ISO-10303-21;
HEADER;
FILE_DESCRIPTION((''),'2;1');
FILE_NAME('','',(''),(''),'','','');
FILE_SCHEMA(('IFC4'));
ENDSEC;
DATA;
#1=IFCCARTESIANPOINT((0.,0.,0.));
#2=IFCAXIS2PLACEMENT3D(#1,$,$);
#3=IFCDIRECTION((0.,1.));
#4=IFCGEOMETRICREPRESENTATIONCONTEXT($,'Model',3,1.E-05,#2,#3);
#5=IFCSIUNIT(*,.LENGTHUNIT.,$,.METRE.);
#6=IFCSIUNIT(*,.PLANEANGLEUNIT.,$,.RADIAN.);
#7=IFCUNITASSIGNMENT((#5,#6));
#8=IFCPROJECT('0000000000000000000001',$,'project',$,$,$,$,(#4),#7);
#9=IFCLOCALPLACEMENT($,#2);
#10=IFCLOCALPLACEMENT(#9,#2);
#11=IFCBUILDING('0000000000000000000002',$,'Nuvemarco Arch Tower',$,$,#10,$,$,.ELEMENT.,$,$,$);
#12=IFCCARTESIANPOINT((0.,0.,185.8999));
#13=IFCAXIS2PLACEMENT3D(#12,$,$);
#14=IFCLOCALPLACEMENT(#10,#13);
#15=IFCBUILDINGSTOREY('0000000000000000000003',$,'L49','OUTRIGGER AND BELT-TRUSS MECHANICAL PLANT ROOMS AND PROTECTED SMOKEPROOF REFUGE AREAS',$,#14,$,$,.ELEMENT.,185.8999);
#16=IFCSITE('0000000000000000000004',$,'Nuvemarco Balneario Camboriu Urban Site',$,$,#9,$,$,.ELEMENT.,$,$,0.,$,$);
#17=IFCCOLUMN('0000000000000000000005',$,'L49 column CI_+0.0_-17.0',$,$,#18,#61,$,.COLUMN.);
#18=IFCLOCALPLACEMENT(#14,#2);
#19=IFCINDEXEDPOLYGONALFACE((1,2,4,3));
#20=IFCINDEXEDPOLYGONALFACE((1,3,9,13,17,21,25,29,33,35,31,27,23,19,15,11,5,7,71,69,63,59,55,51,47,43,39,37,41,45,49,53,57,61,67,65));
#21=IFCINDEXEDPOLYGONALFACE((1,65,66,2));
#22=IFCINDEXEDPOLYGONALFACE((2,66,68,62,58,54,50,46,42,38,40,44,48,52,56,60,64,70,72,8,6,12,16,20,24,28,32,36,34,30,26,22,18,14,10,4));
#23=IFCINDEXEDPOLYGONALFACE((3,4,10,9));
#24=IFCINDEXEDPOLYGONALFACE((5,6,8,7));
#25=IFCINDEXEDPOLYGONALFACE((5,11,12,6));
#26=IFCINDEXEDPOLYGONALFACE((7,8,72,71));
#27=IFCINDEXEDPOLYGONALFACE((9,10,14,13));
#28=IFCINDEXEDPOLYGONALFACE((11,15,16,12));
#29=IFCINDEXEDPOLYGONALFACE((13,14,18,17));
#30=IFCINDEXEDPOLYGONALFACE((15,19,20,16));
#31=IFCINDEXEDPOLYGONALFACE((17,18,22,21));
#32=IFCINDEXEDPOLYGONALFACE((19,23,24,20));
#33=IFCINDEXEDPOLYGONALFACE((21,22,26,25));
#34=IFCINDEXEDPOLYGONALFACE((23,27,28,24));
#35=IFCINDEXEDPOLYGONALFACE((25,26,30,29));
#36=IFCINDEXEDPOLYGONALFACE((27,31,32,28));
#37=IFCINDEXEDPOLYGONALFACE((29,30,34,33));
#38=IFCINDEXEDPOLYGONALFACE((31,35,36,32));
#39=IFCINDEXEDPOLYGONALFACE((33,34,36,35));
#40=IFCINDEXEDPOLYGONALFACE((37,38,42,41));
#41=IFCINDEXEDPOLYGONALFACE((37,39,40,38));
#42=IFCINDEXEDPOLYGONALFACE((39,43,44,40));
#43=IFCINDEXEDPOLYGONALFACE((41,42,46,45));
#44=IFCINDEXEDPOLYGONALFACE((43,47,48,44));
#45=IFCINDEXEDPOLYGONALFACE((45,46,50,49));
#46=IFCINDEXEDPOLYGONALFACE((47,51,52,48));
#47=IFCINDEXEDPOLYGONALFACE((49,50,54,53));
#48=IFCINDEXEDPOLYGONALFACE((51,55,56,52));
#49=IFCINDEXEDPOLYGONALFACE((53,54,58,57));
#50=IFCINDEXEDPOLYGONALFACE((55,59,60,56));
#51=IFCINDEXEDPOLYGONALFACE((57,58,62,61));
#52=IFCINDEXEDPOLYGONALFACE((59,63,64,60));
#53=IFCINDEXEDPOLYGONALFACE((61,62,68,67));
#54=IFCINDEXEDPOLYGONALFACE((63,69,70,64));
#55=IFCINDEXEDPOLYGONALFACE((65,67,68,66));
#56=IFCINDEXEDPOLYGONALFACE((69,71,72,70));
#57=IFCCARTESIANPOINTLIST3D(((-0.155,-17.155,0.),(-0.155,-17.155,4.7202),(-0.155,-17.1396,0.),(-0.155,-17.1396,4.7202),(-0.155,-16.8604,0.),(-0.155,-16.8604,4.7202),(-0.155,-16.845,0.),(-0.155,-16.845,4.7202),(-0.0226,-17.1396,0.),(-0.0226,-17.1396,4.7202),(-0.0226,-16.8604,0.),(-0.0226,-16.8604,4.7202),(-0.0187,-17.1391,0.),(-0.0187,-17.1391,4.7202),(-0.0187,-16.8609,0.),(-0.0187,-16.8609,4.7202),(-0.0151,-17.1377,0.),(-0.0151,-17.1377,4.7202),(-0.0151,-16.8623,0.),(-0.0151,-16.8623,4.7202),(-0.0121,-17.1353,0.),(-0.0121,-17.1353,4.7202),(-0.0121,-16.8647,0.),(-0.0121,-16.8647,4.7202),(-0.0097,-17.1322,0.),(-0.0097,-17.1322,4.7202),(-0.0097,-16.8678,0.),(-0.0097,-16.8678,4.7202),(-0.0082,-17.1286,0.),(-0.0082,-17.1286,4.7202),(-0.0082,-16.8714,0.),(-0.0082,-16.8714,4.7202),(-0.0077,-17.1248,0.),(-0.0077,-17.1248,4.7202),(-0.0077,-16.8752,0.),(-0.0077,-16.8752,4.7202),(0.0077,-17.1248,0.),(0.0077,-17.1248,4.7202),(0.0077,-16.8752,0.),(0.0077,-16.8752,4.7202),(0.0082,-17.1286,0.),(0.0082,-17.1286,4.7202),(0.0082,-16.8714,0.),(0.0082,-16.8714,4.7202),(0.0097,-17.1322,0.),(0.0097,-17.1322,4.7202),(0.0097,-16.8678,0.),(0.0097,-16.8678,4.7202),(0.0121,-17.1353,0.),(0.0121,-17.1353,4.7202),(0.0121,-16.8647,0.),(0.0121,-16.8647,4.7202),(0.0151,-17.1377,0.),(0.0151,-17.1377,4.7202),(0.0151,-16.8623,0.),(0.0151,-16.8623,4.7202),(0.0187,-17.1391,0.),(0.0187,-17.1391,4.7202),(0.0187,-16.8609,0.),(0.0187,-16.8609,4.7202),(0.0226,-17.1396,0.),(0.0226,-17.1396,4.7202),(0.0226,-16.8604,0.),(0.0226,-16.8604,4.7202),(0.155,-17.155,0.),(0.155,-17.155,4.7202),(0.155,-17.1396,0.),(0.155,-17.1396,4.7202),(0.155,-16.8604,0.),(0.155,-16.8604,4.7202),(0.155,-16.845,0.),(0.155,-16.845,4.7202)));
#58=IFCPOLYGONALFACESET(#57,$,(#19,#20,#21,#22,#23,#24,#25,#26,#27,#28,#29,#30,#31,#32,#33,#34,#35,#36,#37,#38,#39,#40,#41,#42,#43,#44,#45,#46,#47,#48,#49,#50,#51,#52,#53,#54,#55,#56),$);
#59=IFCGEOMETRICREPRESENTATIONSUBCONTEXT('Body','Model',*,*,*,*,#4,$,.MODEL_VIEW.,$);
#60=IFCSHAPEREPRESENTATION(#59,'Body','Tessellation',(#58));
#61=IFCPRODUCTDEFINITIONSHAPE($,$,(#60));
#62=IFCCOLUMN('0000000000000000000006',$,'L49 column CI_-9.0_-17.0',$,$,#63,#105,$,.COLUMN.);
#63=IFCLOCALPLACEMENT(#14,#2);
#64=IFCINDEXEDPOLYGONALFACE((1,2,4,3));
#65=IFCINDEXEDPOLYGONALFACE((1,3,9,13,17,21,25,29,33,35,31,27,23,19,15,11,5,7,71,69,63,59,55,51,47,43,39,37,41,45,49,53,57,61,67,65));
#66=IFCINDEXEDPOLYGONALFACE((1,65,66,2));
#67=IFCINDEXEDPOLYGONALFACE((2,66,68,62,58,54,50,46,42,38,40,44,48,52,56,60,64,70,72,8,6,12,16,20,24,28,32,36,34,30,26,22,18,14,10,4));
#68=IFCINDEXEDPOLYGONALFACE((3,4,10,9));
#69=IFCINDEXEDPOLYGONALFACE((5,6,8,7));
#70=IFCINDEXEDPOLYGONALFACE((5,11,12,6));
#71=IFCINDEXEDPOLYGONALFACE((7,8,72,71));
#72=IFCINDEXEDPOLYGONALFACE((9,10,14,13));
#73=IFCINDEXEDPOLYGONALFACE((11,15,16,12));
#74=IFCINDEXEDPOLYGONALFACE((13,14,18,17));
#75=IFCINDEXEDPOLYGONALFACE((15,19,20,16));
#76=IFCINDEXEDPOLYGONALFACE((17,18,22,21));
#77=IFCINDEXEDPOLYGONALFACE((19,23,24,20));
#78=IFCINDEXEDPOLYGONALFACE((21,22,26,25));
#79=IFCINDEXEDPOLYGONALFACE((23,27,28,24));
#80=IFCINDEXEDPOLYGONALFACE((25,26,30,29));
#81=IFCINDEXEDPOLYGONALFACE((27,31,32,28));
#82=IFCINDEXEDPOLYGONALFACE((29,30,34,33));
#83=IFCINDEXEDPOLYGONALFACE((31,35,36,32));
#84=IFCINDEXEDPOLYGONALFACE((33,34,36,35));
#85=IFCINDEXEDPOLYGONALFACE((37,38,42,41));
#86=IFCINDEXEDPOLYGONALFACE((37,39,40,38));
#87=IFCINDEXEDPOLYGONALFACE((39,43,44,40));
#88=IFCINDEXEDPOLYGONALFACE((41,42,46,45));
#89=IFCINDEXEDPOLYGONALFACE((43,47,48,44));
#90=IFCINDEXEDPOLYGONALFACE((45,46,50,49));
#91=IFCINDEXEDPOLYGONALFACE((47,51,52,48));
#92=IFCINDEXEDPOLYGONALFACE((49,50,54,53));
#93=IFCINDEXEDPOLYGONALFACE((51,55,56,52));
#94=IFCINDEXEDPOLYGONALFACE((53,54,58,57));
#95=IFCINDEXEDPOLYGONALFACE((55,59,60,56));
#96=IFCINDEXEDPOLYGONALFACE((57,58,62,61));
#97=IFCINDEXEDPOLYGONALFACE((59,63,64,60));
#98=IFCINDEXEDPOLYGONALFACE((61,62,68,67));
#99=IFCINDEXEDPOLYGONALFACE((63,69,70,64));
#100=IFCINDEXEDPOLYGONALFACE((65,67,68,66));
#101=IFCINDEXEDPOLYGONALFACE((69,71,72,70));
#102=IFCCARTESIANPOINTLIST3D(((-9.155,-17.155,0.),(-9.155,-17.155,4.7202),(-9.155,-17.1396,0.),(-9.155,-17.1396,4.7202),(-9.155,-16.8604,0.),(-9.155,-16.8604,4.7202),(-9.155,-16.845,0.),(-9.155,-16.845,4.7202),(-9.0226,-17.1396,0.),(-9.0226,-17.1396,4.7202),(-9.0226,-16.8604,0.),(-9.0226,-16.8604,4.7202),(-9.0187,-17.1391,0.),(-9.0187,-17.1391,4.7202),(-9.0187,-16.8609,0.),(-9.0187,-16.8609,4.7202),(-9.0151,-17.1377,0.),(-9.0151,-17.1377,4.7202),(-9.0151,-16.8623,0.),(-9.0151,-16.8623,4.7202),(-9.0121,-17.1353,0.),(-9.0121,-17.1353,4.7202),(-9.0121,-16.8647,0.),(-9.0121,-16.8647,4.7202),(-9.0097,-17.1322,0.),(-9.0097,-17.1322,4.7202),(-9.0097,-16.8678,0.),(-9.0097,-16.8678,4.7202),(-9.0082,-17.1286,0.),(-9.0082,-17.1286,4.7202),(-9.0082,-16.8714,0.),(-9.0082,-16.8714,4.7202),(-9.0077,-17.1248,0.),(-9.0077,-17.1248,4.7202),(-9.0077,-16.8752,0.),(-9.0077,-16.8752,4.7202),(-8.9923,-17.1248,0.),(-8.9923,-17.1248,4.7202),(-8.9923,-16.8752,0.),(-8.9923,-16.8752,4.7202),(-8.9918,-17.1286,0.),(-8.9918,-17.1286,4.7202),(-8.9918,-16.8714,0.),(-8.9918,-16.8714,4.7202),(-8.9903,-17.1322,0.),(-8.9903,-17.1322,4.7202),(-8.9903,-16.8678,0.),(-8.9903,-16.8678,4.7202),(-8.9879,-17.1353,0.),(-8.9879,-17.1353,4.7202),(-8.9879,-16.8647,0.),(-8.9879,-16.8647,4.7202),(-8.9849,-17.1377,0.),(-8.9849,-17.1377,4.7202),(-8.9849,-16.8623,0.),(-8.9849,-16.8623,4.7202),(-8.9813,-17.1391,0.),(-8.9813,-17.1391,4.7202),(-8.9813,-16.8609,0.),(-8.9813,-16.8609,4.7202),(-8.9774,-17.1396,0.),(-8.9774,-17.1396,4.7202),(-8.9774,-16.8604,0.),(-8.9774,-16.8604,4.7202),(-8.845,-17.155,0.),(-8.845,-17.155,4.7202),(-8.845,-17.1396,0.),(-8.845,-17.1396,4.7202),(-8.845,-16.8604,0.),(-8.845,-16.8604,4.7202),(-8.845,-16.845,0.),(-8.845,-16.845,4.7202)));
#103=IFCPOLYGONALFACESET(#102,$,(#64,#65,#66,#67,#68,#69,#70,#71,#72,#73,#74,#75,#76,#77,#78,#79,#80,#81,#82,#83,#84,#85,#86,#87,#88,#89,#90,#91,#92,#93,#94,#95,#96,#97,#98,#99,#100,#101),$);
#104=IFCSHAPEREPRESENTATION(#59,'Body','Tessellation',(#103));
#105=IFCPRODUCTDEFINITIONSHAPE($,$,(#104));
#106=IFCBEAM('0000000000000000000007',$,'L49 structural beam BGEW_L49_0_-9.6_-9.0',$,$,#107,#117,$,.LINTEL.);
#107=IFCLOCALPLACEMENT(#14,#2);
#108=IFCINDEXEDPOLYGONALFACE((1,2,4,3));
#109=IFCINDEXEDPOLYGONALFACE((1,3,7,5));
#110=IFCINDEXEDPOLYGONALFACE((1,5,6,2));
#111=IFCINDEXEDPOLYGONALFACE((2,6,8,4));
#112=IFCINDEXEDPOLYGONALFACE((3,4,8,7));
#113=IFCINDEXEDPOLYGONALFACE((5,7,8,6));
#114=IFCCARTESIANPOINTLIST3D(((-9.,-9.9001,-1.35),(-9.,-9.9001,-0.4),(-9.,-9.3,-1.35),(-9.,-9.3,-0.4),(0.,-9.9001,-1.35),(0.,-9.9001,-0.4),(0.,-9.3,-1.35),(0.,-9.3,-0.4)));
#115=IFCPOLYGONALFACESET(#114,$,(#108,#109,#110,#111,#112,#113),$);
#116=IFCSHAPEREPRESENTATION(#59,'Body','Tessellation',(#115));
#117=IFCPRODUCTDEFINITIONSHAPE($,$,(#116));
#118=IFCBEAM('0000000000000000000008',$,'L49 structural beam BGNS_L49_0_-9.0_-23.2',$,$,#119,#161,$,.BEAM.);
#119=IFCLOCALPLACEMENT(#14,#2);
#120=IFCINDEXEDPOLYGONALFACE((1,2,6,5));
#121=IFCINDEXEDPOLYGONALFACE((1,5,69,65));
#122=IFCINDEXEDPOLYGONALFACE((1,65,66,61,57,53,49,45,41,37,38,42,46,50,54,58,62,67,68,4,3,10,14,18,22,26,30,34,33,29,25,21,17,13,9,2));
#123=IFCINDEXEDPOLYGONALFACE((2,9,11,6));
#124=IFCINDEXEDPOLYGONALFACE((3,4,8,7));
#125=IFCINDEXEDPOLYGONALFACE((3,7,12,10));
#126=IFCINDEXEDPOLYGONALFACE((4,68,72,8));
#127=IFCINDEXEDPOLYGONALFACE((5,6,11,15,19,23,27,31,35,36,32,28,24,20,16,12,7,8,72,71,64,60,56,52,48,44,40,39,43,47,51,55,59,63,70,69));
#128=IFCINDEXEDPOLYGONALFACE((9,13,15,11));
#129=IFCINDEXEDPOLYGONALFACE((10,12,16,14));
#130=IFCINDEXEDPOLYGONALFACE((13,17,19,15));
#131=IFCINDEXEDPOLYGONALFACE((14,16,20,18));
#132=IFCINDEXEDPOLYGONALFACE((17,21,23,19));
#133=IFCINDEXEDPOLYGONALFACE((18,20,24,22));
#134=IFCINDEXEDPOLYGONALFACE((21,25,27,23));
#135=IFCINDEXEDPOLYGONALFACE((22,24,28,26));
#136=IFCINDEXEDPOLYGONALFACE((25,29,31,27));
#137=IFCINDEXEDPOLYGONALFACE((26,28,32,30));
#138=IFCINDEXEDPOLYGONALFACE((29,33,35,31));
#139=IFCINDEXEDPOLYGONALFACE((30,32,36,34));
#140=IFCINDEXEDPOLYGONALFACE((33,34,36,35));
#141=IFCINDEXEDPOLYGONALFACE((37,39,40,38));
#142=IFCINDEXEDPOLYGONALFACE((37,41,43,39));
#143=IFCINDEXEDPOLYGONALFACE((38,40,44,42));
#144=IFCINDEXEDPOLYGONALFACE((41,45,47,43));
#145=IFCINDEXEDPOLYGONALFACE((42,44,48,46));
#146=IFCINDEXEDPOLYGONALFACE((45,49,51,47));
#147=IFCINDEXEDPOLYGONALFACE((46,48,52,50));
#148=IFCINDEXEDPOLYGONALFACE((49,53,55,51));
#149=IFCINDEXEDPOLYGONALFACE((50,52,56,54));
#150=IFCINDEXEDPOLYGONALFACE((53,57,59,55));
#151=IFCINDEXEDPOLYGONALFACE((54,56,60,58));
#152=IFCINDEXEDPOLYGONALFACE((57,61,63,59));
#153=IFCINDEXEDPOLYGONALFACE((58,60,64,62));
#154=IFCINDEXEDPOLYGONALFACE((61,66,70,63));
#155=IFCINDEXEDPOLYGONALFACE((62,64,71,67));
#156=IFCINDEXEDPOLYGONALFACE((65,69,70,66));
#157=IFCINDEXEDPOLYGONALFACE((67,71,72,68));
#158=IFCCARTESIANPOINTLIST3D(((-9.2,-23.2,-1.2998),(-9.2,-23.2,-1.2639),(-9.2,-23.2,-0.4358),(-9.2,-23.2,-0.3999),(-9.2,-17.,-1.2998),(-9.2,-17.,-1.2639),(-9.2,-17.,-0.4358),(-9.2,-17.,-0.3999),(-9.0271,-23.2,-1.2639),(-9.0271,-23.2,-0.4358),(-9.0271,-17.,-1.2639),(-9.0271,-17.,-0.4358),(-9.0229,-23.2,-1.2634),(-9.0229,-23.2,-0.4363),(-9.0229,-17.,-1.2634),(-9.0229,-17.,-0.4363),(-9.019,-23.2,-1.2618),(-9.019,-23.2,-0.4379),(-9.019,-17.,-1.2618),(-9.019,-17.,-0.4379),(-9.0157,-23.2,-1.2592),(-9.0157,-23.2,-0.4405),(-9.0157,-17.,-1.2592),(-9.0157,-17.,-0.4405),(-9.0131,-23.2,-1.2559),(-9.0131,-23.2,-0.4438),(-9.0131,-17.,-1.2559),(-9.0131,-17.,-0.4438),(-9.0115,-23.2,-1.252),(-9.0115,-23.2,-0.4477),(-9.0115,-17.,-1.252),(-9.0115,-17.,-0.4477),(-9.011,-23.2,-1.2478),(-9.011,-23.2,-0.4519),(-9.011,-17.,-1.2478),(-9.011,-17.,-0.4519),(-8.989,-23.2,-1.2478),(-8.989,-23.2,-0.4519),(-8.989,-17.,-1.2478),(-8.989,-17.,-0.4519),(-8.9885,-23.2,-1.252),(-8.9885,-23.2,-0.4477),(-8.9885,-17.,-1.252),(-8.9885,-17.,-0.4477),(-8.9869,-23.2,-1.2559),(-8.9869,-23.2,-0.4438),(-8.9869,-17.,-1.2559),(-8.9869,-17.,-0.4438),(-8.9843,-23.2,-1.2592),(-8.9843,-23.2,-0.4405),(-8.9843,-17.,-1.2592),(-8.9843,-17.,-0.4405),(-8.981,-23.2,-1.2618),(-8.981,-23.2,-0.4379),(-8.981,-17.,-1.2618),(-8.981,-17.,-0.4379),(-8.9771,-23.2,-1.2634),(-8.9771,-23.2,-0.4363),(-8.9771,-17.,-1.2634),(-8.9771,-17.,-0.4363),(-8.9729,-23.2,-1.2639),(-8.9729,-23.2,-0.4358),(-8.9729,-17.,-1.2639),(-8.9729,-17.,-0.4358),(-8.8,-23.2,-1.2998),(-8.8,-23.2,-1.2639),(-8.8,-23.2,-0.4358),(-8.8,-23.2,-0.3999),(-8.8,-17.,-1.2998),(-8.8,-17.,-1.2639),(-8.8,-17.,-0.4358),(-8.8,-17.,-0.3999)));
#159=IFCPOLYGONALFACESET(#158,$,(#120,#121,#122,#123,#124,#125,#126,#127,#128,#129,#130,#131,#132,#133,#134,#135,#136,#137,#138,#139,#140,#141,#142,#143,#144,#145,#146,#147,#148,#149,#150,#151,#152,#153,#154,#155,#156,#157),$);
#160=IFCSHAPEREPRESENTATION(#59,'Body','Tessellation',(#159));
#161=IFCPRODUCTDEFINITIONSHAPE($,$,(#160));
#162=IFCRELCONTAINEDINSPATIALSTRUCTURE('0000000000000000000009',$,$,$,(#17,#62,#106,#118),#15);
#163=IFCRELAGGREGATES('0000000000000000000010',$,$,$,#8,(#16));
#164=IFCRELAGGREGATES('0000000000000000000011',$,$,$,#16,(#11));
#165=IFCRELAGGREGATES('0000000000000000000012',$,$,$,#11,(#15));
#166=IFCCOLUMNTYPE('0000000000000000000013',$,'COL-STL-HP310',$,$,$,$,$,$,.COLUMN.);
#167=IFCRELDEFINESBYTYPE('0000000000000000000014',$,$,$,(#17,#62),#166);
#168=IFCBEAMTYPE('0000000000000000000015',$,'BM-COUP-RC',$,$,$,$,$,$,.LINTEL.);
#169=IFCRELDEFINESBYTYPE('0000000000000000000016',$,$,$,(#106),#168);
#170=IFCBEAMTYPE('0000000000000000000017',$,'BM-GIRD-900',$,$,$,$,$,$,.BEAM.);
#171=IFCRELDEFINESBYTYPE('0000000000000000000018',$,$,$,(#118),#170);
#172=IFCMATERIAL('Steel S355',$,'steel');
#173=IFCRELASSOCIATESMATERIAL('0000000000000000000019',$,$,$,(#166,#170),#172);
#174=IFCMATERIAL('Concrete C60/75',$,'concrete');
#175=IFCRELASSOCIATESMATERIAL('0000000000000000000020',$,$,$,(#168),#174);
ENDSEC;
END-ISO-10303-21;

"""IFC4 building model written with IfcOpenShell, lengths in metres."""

from ifc_helpers import new_model, si_unit, direction, frame, origin, origin_2d, place, context, subcontext, project, spatial, rectangle, i_section, extrude, material, material_profile, profile_set, type_object, element, save


model = new_model("IFC4")

# Units and contexts
model_context = context("Model", 3, precision=1e-05, world=origin(), true_north=direction((0.0, 1.0)))
body_context = subcontext(model_context, "Body", "Model", "MODEL_VIEW")
ifc_project = project(units=[si_unit("LENGTHUNIT", "METRE"), si_unit("PLANEANGLEUNIT", "RADIAN")], contexts=[model_context])

# Site, building, storey
site_placement = place(None, origin())
site = spatial("IfcSite", under=ifc_project, at=site_placement, Name="Nuvemarco Balneario Camboriu Urban Site", CompositionType="ELEMENT", RefElevation=0.0)
building_placement = place(site_placement, origin())
building = spatial("IfcBuilding", under=site, at=building_placement, Name="Nuvemarco Arch Tower", CompositionType="ELEMENT")
storey_placement = place(building_placement, frame((0.0, 0.0, 185.8999)))
storey = spatial("IfcBuildingStorey", under=building, at=storey_placement, Name="L49", Description="OUTRIGGER AND BELT-TRUSS MECHANICAL PLANT ROOMS AND PROTECTED SMOKEPROOF REFUGE AREAS", CompositionType="ELEMENT", Elevation=185.8999)

# Columns
ifc_material_1 = material(Name="Steel S355", Category="steel")
ifc_material_profile_1 = material_profile(ifc_material_1, i_section(OverallWidth=0.3101, OverallDepth=0.3101, WebThickness=0.0154, FlangeThickness=0.0154, FilletRadius=0.0149, at=origin_2d()), Name="HP310x110")
ifc_profile_set_1 = profile_set([ifc_material_profile_1], Name="Steel S355")
column_type_1 = type_object("IfcColumnType", Name="COL-STL-HP310", PredefinedType="COLUMN", material=ifc_profile_set_1)
for number, where, z_axis, x_axis, name in (
    (1, (0.0, -17.0, 0.0), (0.0, 0.0, 1.0), (1.0, 0.0, 0.0), "L49 column CI_+0.0_-17.0"),
    (2, (-9.0, -17.0, 0.0), (0.0, 0.0, 1.0), (1.0, 0.0, 0.0), "L49 column CI_-9.0_-17.0"),
):
    element("IfcColumn", number, at=place(storey_placement, frame(where, z_axis=z_axis, x_axis=x_axis)), inside=storey, type_object=column_type_1, Name=name, PredefinedType="COLUMN", context=body_context, shape_type="SweptSolid", body=[
        extrude(i_section(OverallWidth=0.3101, OverallDepth=0.3101, WebThickness=0.0154, FlangeThickness=0.0154, FilletRadius=0.0149, at=origin_2d()), origin(), (0.0, 0.0, 1.0), 4.7202),
    ])

# Beams
ifc_material_2 = material(Name="Concrete C60/75", Category="concrete")
ifc_material_profile_2 = material_profile(ifc_material_2, rectangle(XDim=0.6001, YDim=0.95, at=origin_2d()), Name="RC-BM-600x950")
ifc_profile_set_2 = profile_set([ifc_material_profile_2], Name="Concrete C60/75")
beam_type_1 = type_object("IfcBeamType", Name="BM-COUP-RC", PredefinedType="LINTEL", material=ifc_profile_set_2)
beam_1_placement = place(storey_placement, frame((-9.0, -9.6001, -0.875), z_axis=(1.0, 0.0, 0.0), x_axis=(0.0, 1.0, 0.0)))
element("IfcBeam", 3, at=beam_1_placement, inside=storey, type_object=beam_type_1, Name="L49 structural beam BGEW_L49_0_-9.6_-9.0", PredefinedType="LINTEL", context=body_context, shape_type="SweptSolid", body=[
    extrude(rectangle(XDim=0.6001, YDim=0.95, at=origin_2d()), origin(), (0.0, 0.0, 1.0), 9.0),
])
ifc_material_profile_3 = material_profile(ifc_material_1, i_section(OverallWidth=0.3999, OverallDepth=0.8999, WebThickness=0.022, FlangeThickness=0.0359, FilletRadius=0.0161, at=origin_2d()), Name="PG900x400")
ifc_profile_set_3 = profile_set([ifc_material_profile_3], Name="Steel S355")
beam_type_2 = type_object("IfcBeamType", Name="BM-GIRD-900", PredefinedType="BEAM", material=ifc_profile_set_3)
beam_2_placement = place(storey_placement, frame((-9.0, -23.2, -0.8499), z_axis=(0.0, 1.0, 0.0), x_axis=(-1.0, 0.0, 0.0)))
element("IfcBeam", 4, at=beam_2_placement, inside=storey, type_object=beam_type_2, Name="L49 structural beam BGNS_L49_0_-9.0_-23.2", PredefinedType="BEAM", context=body_context, shape_type="SweptSolid", body=[
    extrude(i_section(OverallWidth=0.3999, OverallDepth=0.8999, WebThickness=0.022, FlangeThickness=0.0359, FilletRadius=0.0161, at=origin_2d()), origin(), (0.0, 0.0, 1.0), 6.2),
])

save(model, "model.ifc")
